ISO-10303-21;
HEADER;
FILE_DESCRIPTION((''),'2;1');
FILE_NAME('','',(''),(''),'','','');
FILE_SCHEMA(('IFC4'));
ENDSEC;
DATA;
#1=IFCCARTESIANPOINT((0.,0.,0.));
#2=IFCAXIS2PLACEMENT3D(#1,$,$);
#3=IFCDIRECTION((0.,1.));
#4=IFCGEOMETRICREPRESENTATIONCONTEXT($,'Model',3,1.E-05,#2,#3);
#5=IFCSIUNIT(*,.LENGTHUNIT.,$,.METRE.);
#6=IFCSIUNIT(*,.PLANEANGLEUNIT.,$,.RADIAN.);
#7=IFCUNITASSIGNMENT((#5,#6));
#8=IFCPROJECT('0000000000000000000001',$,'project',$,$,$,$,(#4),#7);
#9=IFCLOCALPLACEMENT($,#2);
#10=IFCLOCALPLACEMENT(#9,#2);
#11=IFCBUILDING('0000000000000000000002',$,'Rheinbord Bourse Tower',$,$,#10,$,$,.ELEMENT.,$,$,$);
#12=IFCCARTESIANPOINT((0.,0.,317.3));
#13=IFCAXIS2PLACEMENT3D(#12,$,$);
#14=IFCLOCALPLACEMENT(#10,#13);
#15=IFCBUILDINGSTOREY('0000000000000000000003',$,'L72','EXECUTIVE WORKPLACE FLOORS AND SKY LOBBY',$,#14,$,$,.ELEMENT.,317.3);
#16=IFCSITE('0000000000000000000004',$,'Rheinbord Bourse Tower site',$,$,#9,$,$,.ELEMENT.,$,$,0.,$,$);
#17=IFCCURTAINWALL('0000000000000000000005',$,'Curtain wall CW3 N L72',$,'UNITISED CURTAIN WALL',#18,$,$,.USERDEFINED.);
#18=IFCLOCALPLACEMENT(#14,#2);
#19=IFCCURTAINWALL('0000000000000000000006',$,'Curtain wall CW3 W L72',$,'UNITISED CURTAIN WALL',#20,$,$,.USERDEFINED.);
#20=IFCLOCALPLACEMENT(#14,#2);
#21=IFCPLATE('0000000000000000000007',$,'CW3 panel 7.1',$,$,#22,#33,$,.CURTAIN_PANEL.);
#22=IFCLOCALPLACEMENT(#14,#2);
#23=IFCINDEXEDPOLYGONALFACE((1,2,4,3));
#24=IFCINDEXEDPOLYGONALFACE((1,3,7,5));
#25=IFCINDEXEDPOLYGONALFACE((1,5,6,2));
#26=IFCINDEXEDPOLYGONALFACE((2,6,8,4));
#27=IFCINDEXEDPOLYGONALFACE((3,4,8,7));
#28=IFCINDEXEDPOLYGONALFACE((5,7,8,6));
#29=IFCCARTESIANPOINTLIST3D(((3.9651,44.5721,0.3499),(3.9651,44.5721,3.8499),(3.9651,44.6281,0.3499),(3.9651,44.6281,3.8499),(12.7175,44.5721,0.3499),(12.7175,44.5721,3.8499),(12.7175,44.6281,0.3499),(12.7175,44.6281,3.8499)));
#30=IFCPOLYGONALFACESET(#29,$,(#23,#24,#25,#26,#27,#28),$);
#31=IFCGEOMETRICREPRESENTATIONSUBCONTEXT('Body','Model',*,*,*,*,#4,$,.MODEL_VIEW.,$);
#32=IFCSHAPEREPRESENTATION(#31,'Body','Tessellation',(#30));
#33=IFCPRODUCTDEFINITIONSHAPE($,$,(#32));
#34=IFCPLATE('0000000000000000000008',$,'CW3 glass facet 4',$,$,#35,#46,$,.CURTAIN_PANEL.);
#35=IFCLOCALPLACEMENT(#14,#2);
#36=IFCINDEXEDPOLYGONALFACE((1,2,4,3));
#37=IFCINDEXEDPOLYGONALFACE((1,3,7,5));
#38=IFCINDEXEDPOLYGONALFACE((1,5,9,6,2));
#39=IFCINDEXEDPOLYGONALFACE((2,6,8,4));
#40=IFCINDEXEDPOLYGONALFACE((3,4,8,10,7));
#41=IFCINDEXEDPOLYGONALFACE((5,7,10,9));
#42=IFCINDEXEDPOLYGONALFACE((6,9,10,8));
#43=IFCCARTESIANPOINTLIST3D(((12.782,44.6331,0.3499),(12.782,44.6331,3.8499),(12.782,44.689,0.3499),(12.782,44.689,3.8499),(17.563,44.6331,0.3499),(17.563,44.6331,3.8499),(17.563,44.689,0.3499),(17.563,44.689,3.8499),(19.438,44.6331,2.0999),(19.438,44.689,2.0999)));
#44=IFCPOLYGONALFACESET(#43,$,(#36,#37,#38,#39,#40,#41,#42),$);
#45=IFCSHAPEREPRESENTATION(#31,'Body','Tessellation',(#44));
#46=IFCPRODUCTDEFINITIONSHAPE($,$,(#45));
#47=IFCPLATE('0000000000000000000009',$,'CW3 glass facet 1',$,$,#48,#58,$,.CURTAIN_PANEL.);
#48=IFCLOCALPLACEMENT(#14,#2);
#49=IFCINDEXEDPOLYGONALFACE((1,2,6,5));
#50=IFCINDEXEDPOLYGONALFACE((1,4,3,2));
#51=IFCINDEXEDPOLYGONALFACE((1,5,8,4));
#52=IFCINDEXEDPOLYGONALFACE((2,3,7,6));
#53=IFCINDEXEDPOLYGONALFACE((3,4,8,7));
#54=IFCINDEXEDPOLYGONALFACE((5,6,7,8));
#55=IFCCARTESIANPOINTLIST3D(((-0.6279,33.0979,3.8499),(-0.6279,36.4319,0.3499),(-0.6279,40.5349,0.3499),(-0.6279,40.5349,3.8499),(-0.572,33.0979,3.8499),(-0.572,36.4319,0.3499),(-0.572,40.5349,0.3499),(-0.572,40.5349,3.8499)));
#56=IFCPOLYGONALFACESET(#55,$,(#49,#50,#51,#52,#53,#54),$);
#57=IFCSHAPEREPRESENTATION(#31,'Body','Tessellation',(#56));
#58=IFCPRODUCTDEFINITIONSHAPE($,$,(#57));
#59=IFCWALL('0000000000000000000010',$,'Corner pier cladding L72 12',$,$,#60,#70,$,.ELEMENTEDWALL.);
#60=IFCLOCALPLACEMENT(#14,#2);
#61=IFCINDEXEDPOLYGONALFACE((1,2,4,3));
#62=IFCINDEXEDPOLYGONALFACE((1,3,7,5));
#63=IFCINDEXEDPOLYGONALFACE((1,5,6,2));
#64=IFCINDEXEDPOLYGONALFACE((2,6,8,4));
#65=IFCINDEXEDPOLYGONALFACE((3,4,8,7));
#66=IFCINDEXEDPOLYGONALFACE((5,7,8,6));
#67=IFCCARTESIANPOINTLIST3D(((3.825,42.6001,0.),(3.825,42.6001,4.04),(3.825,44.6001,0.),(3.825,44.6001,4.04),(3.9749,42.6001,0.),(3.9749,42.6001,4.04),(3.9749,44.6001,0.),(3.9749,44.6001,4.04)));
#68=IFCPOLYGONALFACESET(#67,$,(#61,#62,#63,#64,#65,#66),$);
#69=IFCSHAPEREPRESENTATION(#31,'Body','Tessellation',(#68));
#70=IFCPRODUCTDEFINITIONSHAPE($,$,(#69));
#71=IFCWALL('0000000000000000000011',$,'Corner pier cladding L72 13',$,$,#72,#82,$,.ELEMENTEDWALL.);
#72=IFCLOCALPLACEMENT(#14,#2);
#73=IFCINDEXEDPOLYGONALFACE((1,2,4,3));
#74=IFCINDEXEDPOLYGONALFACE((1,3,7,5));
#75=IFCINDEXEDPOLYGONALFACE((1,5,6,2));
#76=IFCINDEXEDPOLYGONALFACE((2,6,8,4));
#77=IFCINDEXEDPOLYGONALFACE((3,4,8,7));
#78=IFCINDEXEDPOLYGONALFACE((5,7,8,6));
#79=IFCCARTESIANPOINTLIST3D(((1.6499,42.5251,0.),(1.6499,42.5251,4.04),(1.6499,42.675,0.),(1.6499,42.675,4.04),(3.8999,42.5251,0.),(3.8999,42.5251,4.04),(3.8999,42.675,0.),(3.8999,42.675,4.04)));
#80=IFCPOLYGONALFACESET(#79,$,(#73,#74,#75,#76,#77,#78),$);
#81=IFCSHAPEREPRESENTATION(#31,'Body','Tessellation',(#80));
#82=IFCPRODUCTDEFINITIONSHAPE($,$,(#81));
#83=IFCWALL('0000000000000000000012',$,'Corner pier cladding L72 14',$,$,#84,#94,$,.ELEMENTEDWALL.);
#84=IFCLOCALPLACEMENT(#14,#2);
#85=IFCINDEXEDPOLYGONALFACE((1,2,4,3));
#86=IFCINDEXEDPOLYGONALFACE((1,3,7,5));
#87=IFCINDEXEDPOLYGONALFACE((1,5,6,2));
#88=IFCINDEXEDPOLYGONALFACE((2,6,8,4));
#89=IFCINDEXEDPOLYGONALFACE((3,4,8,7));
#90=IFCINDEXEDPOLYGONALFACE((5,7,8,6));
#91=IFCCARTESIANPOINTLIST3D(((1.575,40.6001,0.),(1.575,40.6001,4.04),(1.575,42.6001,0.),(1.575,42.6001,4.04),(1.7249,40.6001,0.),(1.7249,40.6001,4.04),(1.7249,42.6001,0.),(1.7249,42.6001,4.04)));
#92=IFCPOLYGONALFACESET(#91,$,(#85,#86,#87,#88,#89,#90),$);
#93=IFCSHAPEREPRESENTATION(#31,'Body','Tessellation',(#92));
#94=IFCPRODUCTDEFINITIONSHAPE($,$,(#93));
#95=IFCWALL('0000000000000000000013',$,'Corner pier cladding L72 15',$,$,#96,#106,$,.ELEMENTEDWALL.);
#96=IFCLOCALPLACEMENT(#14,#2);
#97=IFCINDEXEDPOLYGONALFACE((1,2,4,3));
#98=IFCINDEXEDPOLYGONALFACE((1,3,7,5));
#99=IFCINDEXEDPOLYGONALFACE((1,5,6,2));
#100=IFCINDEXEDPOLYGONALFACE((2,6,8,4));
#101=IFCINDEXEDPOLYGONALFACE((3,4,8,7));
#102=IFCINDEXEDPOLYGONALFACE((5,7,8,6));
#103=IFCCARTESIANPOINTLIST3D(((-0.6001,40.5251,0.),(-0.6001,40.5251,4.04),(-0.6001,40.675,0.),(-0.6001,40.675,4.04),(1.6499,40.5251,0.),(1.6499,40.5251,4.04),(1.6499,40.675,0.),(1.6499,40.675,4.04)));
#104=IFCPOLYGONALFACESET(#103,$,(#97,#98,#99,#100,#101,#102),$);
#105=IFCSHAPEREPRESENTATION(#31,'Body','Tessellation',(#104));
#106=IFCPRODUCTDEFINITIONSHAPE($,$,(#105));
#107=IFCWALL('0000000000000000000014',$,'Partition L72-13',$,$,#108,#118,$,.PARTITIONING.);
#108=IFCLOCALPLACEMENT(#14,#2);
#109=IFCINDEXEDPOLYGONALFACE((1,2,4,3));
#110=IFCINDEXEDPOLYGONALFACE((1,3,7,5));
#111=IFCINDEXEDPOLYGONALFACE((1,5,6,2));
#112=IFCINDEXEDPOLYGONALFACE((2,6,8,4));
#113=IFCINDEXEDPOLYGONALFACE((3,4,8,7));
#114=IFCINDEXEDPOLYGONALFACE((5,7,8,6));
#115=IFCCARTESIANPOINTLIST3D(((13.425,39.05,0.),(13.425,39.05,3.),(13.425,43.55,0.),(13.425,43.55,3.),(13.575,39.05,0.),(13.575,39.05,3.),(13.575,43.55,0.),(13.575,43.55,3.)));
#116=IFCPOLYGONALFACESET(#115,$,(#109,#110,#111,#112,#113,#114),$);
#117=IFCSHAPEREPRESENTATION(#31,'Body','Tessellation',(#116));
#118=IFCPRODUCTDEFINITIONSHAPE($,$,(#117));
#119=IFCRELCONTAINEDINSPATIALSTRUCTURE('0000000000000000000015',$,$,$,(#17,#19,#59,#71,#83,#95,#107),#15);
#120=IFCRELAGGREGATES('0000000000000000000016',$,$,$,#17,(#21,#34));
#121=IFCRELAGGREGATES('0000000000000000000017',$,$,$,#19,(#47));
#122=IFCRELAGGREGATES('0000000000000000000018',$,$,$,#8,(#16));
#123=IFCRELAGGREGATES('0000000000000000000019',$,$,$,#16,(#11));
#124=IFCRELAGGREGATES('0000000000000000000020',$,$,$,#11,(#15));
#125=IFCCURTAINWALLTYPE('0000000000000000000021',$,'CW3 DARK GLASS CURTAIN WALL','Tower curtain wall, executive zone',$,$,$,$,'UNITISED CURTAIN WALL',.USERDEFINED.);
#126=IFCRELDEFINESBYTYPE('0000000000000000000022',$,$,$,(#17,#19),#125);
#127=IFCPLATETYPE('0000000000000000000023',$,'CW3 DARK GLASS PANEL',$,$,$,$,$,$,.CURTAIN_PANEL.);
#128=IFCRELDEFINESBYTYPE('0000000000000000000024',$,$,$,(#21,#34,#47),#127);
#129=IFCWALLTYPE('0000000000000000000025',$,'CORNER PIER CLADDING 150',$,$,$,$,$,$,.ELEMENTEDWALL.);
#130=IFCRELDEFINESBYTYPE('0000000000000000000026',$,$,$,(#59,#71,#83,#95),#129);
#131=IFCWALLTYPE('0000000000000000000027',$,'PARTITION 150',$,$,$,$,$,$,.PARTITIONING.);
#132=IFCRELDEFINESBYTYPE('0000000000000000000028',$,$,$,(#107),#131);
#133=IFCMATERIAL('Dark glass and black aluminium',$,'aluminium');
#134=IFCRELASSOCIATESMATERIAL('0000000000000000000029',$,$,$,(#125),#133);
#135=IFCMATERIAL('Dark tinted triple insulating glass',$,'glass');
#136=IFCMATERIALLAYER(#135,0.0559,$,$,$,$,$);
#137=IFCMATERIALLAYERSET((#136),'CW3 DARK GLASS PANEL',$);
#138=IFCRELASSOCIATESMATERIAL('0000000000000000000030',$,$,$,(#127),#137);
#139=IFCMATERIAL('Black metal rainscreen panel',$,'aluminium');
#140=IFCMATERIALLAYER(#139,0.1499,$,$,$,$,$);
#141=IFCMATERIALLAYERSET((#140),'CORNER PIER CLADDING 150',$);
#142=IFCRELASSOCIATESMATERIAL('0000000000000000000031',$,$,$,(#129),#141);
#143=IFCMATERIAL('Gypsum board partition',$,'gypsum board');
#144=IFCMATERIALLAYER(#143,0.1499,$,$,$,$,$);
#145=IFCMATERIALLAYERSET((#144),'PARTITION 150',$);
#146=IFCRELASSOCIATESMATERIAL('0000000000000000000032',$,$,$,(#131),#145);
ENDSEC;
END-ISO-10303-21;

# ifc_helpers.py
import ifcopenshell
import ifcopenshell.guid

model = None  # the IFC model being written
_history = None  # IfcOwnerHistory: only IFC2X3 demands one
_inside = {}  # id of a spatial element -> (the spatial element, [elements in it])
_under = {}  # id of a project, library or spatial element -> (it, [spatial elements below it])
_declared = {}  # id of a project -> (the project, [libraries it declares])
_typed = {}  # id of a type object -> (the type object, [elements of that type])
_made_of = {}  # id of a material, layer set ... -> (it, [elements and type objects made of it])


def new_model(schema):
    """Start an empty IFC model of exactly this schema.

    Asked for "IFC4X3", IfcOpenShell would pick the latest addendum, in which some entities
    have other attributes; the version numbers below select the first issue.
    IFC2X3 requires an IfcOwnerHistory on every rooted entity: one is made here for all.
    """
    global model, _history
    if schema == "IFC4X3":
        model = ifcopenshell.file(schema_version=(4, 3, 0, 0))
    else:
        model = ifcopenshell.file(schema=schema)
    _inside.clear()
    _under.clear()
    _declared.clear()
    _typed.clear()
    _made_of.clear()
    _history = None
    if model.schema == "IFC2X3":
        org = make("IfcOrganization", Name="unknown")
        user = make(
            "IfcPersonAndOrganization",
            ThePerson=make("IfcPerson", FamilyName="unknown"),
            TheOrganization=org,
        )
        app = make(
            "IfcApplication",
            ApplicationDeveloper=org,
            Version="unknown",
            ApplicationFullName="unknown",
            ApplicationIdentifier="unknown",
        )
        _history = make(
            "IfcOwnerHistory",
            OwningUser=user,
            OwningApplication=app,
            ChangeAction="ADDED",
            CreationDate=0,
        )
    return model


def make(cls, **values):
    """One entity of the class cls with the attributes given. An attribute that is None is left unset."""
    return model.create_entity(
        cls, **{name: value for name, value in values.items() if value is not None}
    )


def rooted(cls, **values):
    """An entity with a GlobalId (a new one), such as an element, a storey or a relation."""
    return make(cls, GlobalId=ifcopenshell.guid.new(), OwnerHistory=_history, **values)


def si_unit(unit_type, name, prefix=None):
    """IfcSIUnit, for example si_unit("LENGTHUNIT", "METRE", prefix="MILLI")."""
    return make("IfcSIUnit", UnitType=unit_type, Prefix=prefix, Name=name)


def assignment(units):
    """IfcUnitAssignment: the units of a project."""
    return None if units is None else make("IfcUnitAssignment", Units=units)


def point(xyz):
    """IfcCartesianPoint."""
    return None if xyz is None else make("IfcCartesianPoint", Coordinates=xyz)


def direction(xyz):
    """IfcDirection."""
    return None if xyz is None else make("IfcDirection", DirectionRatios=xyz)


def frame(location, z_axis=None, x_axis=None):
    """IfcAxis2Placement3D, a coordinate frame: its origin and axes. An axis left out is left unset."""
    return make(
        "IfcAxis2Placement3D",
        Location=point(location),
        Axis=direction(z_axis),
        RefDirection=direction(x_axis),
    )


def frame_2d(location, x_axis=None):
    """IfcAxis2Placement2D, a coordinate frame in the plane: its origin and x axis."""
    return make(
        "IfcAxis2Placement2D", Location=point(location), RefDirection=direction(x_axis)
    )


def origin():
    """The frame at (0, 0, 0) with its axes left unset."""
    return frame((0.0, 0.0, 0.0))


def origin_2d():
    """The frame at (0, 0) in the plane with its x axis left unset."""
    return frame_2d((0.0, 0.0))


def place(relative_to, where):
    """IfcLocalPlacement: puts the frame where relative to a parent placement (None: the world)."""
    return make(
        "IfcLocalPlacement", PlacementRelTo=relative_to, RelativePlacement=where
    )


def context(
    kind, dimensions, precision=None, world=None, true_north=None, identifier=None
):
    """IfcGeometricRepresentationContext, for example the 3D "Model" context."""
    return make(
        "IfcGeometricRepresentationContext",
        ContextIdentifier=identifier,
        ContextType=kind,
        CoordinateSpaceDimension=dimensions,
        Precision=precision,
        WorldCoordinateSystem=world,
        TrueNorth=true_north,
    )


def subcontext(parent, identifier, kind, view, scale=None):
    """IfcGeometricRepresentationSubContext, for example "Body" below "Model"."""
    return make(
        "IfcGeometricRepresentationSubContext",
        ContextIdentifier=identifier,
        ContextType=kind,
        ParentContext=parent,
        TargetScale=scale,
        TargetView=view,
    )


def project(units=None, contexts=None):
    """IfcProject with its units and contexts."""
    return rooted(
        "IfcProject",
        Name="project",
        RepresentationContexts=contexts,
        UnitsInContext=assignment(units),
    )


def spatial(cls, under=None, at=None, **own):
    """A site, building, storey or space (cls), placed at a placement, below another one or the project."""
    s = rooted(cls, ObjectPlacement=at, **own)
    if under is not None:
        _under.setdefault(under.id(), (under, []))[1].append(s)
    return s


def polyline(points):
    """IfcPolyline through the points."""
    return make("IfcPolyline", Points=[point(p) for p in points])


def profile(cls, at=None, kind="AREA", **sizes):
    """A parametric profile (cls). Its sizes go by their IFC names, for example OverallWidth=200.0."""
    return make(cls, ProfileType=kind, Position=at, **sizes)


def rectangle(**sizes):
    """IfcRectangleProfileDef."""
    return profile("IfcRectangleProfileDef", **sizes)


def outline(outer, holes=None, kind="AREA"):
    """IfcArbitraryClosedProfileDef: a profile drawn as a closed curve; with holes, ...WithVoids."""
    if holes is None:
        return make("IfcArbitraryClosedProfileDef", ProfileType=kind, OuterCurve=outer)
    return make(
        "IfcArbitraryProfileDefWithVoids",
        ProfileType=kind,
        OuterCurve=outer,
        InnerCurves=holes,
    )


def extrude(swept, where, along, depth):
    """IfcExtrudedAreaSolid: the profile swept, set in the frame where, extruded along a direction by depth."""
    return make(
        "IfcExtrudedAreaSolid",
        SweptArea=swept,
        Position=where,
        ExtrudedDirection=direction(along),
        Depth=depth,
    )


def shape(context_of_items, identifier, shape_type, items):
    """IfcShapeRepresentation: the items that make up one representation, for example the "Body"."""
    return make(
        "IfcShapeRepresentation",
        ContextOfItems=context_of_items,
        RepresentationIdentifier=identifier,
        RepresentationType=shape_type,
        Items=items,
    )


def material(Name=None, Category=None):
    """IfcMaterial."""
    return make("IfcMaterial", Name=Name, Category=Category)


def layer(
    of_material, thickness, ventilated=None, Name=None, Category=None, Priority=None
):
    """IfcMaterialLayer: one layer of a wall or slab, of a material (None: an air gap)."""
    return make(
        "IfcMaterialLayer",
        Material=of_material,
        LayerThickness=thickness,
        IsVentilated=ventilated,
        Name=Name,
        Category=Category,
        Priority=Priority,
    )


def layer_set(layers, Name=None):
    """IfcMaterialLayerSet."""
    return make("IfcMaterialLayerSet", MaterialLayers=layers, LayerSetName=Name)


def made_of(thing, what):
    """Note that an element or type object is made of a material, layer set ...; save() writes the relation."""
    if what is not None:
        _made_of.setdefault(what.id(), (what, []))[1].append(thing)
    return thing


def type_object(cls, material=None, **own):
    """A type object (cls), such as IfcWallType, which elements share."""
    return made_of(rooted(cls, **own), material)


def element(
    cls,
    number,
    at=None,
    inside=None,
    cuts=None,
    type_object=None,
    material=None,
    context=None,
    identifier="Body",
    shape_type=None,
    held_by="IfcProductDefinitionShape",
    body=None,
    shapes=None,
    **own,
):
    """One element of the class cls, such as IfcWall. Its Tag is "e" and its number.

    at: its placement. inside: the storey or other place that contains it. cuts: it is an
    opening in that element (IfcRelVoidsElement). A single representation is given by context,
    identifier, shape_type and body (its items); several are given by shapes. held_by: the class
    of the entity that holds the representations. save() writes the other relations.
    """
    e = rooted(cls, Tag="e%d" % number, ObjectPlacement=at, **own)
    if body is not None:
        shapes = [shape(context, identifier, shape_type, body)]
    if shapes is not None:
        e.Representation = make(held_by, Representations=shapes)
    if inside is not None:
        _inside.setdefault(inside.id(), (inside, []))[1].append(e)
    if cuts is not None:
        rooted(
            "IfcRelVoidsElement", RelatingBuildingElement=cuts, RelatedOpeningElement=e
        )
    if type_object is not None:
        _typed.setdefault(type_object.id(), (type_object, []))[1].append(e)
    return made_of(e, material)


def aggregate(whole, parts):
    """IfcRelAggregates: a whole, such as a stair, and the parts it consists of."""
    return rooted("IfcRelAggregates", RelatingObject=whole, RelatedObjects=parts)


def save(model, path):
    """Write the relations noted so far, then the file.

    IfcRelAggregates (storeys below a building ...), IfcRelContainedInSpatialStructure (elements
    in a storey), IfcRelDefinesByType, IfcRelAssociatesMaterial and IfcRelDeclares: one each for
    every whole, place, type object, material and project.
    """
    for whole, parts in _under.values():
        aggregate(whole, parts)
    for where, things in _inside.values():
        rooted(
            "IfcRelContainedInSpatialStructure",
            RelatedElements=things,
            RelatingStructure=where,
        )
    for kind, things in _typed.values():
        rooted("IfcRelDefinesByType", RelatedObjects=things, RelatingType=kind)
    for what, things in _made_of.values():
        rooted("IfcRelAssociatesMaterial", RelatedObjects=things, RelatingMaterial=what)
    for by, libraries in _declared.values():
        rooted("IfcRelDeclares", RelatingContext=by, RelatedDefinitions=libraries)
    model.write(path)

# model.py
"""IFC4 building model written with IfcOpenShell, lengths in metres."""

from ifc_helpers import new_model, si_unit, direction, frame, frame_2d, origin, origin_2d, place, context, subcontext, project, spatial, polyline, rectangle, outline, extrude, material, layer, layer_set, type_object, element, aggregate, save


model = new_model("IFC4")

# Units and contexts
model_context = context("Model", 3, precision=1e-05, world=origin(), true_north=direction((0.0, 1.0)))
body_context = subcontext(model_context, "Body", "Model", "MODEL_VIEW")
ifc_project = project(units=[si_unit("LENGTHUNIT", "METRE"), si_unit("PLANEANGLEUNIT", "RADIAN")], contexts=[model_context])

# Site, building, storey
site_placement = place(None, origin())
site = spatial("IfcSite", under=ifc_project, at=site_placement, Name="Rheinbord Bourse Tower site", CompositionType="ELEMENT", RefElevation=0.0)
building_placement = place(site_placement, origin())
building = spatial("IfcBuilding", under=site, at=building_placement, Name="Rheinbord Bourse Tower", CompositionType="ELEMENT")
storey_placement = place(building_placement, frame((0.0, 0.0, 317.3)))
storey = spatial("IfcBuildingStorey", under=building, at=storey_placement, Name="L72", Description="EXECUTIVE WORKPLACE FLOORS AND SKY LOBBY", CompositionType="ELEMENT", Elevation=317.3)

# Curtain wall
ifc_material_1 = material(Name="Dark glass and black aluminium", Category="aluminium")
curtain_wall_type = type_object("IfcCurtainWallType", Name="CW3 DARK GLASS CURTAIN WALL", Description="Tower curtain wall, executive zone", ElementType="UNITISED CURTAIN WALL", PredefinedType="USERDEFINED", material=ifc_material_1)
curtain_wall_1_placement = place(storey_placement, origin())
curtain_wall_1 = element("IfcCurtainWall", 1, at=curtain_wall_1_placement, inside=storey, type_object=curtain_wall_type, Name="Curtain wall CW3 N L72", ObjectType="UNITISED CURTAIN WALL", PredefinedType="USERDEFINED")

# Curtain wall
curtain_wall_2_placement = place(storey_placement, origin())
curtain_wall_2 = element("IfcCurtainWall", 2, at=curtain_wall_2_placement, inside=storey, type_object=curtain_wall_type, Name="Curtain wall CW3 W L72", ObjectType="UNITISED CURTAIN WALL", PredefinedType="USERDEFINED")

# Plates
ifc_material_2 = material(Name="Dark tinted triple insulating glass", Category="glass")
ifc_layer_1 = layer(ifc_material_2, 0.0559)
ifc_layer_set_1 = layer_set([ifc_layer_1], Name="CW3 DARK GLASS PANEL")
plate_type = type_object("IfcPlateType", Name="CW3 DARK GLASS PANEL", PredefinedType="CURTAIN_PANEL", material=ifc_layer_set_1)
plate_1_placement = place(storey_placement, frame((8.3413, 44.6001, 0.3499), z_axis=(0.0, 0.0, 1.0), x_axis=(-1.0, 0.0, 0.0)))
plate_1 = element("IfcPlate", 3, at=plate_1_placement, type_object=plate_type, Name="CW3 panel 7.1", PredefinedType="CURTAIN_PANEL", context=body_context, shape_type="SweptSolid", body=[
    extrude(rectangle(XDim=8.7524, YDim=0.0559, at=origin_2d()), origin(), (0.0, 0.0, 1.0), 3.5),
])
plate_2_placement = place(storey_placement, frame((12.782, 44.689, 3.8499), z_axis=(0.0, -1.0, 0.0), x_axis=(0.0, 0.0, -1.0)))
plate_2 = element("IfcPlate", 4, at=plate_2_placement, type_object=plate_type, Name="CW3 glass facet 4", PredefinedType="CURTAIN_PANEL", context=body_context, shape_type="SweptSolid", body=[
    extrude(outline(polyline([(0.0, 0.0), (3.5, 0.0), (3.5, 4.781), (1.75, 6.656), (0.0, 4.781), (0.0, 0.0)])), origin(), (0.0, 0.0, 1.0), 0.0559),
])
aggregate(curtain_wall_1, [plate_1, plate_2])
plate_3_placement = place(storey_placement, frame((-0.6279, 40.5349, 0.3499), z_axis=(1.0, 0.0, 0.0), x_axis=(0.0, 0.0, 1.0)))
plate_3 = element("IfcPlate", 5, at=plate_3_placement, type_object=plate_type, Name="CW3 glass facet 1", PredefinedType="CURTAIN_PANEL", context=body_context, shape_type="SweptSolid", body=[
    extrude(outline(polyline([(0.0, 0.0), (3.5, 0.0), (3.5, 7.437), (0.0, 4.103), (0.0, 0.0)])), origin(), (0.0, 0.0, 1.0), 0.0559),
])
aggregate(curtain_wall_2, [plate_3])

# Walls
ifc_material_3 = material(Name="Black metal rainscreen panel", Category="aluminium")
ifc_layer_2 = layer(ifc_material_3, 0.1499)
ifc_layer_set_2 = layer_set([ifc_layer_2], Name="CORNER PIER CLADDING 150")
wall_type_1 = type_object("IfcWallType", Name="CORNER PIER CLADDING 150", PredefinedType="ELEMENTEDWALL", material=ifc_layer_set_2)
wall_1_placement = place(storey_placement, frame((3.8999, 44.6001, 0.0), z_axis=(0.0, 0.0, 1.0), x_axis=(0.0, -1.0, 0.0)))
element("IfcWall", 6, at=wall_1_placement, inside=storey, type_object=wall_type_1, Name="Corner pier cladding L72 12", PredefinedType="ELEMENTEDWALL", context=body_context, shape_type="SweptSolid", body=[
    extrude(rectangle(XDim=2.0, YDim=0.1499, at=frame_2d((1.0, 0.0))), origin(), (0.0, 0.0, 1.0), 4.04),
])
wall_2_placement = place(storey_placement, frame((3.8999, 42.6001, 0.0), z_axis=(0.0, 0.0, 1.0), x_axis=(-1.0, 0.0, 0.0)))
element("IfcWall", 7, at=wall_2_placement, inside=storey, type_object=wall_type_1, Name="Corner pier cladding L72 13", PredefinedType="ELEMENTEDWALL", context=body_context, shape_type="SweptSolid", body=[
    extrude(rectangle(XDim=2.25, YDim=0.1499, at=frame_2d((1.125, 0.0))), origin(), (0.0, 0.0, 1.0), 4.04),
])
wall_3_placement = place(storey_placement, frame((1.6499, 42.6001, 0.0), z_axis=(0.0, 0.0, 1.0), x_axis=(0.0, -1.0, 0.0)))
element("IfcWall", 8, at=wall_3_placement, inside=storey, type_object=wall_type_1, Name="Corner pier cladding L72 14", PredefinedType="ELEMENTEDWALL", context=body_context, shape_type="SweptSolid", body=[
    extrude(rectangle(XDim=2.0, YDim=0.1499, at=frame_2d((1.0, 0.0))), origin(), (0.0, 0.0, 1.0), 4.04),
])
wall_4_placement = place(storey_placement, frame((1.6499, 40.6001, 0.0), z_axis=(0.0, 0.0, 1.0), x_axis=(-1.0, 0.0, 0.0)))
element("IfcWall", 9, at=wall_4_placement, inside=storey, type_object=wall_type_1, Name="Corner pier cladding L72 15", PredefinedType="ELEMENTEDWALL", context=body_context, shape_type="SweptSolid", body=[
    extrude(rectangle(XDim=2.25, YDim=0.1499, at=frame_2d((1.125, 0.0))), origin(), (0.0, 0.0, 1.0), 4.04),
])
ifc_material_4 = material(Name="Gypsum board partition", Category="gypsum board")
ifc_layer_3 = layer(ifc_material_4, 0.1499)
ifc_layer_set_3 = layer_set([ifc_layer_3], Name="PARTITION 150")
wall_type_2 = type_object("IfcWallType", Name="PARTITION 150", PredefinedType="PARTITIONING", material=ifc_layer_set_3)
wall_5_placement = place(storey_placement, frame((13.5, 39.05, 0.0), z_axis=(0.0, 0.0, 1.0), x_axis=(0.0, 1.0, 0.0)))
element("IfcWall", 10, at=wall_5_placement, inside=storey, type_object=wall_type_2, Name="Partition L72-13", PredefinedType="PARTITIONING", context=body_context, shape_type="SweptSolid", body=[
    extrude(rectangle(XDim=4.5, YDim=0.1499, at=frame_2d((2.25, 0.0))), origin(), (0.0, 0.0, 1.0), 3.0),
])

save(model, "model.ifc")
